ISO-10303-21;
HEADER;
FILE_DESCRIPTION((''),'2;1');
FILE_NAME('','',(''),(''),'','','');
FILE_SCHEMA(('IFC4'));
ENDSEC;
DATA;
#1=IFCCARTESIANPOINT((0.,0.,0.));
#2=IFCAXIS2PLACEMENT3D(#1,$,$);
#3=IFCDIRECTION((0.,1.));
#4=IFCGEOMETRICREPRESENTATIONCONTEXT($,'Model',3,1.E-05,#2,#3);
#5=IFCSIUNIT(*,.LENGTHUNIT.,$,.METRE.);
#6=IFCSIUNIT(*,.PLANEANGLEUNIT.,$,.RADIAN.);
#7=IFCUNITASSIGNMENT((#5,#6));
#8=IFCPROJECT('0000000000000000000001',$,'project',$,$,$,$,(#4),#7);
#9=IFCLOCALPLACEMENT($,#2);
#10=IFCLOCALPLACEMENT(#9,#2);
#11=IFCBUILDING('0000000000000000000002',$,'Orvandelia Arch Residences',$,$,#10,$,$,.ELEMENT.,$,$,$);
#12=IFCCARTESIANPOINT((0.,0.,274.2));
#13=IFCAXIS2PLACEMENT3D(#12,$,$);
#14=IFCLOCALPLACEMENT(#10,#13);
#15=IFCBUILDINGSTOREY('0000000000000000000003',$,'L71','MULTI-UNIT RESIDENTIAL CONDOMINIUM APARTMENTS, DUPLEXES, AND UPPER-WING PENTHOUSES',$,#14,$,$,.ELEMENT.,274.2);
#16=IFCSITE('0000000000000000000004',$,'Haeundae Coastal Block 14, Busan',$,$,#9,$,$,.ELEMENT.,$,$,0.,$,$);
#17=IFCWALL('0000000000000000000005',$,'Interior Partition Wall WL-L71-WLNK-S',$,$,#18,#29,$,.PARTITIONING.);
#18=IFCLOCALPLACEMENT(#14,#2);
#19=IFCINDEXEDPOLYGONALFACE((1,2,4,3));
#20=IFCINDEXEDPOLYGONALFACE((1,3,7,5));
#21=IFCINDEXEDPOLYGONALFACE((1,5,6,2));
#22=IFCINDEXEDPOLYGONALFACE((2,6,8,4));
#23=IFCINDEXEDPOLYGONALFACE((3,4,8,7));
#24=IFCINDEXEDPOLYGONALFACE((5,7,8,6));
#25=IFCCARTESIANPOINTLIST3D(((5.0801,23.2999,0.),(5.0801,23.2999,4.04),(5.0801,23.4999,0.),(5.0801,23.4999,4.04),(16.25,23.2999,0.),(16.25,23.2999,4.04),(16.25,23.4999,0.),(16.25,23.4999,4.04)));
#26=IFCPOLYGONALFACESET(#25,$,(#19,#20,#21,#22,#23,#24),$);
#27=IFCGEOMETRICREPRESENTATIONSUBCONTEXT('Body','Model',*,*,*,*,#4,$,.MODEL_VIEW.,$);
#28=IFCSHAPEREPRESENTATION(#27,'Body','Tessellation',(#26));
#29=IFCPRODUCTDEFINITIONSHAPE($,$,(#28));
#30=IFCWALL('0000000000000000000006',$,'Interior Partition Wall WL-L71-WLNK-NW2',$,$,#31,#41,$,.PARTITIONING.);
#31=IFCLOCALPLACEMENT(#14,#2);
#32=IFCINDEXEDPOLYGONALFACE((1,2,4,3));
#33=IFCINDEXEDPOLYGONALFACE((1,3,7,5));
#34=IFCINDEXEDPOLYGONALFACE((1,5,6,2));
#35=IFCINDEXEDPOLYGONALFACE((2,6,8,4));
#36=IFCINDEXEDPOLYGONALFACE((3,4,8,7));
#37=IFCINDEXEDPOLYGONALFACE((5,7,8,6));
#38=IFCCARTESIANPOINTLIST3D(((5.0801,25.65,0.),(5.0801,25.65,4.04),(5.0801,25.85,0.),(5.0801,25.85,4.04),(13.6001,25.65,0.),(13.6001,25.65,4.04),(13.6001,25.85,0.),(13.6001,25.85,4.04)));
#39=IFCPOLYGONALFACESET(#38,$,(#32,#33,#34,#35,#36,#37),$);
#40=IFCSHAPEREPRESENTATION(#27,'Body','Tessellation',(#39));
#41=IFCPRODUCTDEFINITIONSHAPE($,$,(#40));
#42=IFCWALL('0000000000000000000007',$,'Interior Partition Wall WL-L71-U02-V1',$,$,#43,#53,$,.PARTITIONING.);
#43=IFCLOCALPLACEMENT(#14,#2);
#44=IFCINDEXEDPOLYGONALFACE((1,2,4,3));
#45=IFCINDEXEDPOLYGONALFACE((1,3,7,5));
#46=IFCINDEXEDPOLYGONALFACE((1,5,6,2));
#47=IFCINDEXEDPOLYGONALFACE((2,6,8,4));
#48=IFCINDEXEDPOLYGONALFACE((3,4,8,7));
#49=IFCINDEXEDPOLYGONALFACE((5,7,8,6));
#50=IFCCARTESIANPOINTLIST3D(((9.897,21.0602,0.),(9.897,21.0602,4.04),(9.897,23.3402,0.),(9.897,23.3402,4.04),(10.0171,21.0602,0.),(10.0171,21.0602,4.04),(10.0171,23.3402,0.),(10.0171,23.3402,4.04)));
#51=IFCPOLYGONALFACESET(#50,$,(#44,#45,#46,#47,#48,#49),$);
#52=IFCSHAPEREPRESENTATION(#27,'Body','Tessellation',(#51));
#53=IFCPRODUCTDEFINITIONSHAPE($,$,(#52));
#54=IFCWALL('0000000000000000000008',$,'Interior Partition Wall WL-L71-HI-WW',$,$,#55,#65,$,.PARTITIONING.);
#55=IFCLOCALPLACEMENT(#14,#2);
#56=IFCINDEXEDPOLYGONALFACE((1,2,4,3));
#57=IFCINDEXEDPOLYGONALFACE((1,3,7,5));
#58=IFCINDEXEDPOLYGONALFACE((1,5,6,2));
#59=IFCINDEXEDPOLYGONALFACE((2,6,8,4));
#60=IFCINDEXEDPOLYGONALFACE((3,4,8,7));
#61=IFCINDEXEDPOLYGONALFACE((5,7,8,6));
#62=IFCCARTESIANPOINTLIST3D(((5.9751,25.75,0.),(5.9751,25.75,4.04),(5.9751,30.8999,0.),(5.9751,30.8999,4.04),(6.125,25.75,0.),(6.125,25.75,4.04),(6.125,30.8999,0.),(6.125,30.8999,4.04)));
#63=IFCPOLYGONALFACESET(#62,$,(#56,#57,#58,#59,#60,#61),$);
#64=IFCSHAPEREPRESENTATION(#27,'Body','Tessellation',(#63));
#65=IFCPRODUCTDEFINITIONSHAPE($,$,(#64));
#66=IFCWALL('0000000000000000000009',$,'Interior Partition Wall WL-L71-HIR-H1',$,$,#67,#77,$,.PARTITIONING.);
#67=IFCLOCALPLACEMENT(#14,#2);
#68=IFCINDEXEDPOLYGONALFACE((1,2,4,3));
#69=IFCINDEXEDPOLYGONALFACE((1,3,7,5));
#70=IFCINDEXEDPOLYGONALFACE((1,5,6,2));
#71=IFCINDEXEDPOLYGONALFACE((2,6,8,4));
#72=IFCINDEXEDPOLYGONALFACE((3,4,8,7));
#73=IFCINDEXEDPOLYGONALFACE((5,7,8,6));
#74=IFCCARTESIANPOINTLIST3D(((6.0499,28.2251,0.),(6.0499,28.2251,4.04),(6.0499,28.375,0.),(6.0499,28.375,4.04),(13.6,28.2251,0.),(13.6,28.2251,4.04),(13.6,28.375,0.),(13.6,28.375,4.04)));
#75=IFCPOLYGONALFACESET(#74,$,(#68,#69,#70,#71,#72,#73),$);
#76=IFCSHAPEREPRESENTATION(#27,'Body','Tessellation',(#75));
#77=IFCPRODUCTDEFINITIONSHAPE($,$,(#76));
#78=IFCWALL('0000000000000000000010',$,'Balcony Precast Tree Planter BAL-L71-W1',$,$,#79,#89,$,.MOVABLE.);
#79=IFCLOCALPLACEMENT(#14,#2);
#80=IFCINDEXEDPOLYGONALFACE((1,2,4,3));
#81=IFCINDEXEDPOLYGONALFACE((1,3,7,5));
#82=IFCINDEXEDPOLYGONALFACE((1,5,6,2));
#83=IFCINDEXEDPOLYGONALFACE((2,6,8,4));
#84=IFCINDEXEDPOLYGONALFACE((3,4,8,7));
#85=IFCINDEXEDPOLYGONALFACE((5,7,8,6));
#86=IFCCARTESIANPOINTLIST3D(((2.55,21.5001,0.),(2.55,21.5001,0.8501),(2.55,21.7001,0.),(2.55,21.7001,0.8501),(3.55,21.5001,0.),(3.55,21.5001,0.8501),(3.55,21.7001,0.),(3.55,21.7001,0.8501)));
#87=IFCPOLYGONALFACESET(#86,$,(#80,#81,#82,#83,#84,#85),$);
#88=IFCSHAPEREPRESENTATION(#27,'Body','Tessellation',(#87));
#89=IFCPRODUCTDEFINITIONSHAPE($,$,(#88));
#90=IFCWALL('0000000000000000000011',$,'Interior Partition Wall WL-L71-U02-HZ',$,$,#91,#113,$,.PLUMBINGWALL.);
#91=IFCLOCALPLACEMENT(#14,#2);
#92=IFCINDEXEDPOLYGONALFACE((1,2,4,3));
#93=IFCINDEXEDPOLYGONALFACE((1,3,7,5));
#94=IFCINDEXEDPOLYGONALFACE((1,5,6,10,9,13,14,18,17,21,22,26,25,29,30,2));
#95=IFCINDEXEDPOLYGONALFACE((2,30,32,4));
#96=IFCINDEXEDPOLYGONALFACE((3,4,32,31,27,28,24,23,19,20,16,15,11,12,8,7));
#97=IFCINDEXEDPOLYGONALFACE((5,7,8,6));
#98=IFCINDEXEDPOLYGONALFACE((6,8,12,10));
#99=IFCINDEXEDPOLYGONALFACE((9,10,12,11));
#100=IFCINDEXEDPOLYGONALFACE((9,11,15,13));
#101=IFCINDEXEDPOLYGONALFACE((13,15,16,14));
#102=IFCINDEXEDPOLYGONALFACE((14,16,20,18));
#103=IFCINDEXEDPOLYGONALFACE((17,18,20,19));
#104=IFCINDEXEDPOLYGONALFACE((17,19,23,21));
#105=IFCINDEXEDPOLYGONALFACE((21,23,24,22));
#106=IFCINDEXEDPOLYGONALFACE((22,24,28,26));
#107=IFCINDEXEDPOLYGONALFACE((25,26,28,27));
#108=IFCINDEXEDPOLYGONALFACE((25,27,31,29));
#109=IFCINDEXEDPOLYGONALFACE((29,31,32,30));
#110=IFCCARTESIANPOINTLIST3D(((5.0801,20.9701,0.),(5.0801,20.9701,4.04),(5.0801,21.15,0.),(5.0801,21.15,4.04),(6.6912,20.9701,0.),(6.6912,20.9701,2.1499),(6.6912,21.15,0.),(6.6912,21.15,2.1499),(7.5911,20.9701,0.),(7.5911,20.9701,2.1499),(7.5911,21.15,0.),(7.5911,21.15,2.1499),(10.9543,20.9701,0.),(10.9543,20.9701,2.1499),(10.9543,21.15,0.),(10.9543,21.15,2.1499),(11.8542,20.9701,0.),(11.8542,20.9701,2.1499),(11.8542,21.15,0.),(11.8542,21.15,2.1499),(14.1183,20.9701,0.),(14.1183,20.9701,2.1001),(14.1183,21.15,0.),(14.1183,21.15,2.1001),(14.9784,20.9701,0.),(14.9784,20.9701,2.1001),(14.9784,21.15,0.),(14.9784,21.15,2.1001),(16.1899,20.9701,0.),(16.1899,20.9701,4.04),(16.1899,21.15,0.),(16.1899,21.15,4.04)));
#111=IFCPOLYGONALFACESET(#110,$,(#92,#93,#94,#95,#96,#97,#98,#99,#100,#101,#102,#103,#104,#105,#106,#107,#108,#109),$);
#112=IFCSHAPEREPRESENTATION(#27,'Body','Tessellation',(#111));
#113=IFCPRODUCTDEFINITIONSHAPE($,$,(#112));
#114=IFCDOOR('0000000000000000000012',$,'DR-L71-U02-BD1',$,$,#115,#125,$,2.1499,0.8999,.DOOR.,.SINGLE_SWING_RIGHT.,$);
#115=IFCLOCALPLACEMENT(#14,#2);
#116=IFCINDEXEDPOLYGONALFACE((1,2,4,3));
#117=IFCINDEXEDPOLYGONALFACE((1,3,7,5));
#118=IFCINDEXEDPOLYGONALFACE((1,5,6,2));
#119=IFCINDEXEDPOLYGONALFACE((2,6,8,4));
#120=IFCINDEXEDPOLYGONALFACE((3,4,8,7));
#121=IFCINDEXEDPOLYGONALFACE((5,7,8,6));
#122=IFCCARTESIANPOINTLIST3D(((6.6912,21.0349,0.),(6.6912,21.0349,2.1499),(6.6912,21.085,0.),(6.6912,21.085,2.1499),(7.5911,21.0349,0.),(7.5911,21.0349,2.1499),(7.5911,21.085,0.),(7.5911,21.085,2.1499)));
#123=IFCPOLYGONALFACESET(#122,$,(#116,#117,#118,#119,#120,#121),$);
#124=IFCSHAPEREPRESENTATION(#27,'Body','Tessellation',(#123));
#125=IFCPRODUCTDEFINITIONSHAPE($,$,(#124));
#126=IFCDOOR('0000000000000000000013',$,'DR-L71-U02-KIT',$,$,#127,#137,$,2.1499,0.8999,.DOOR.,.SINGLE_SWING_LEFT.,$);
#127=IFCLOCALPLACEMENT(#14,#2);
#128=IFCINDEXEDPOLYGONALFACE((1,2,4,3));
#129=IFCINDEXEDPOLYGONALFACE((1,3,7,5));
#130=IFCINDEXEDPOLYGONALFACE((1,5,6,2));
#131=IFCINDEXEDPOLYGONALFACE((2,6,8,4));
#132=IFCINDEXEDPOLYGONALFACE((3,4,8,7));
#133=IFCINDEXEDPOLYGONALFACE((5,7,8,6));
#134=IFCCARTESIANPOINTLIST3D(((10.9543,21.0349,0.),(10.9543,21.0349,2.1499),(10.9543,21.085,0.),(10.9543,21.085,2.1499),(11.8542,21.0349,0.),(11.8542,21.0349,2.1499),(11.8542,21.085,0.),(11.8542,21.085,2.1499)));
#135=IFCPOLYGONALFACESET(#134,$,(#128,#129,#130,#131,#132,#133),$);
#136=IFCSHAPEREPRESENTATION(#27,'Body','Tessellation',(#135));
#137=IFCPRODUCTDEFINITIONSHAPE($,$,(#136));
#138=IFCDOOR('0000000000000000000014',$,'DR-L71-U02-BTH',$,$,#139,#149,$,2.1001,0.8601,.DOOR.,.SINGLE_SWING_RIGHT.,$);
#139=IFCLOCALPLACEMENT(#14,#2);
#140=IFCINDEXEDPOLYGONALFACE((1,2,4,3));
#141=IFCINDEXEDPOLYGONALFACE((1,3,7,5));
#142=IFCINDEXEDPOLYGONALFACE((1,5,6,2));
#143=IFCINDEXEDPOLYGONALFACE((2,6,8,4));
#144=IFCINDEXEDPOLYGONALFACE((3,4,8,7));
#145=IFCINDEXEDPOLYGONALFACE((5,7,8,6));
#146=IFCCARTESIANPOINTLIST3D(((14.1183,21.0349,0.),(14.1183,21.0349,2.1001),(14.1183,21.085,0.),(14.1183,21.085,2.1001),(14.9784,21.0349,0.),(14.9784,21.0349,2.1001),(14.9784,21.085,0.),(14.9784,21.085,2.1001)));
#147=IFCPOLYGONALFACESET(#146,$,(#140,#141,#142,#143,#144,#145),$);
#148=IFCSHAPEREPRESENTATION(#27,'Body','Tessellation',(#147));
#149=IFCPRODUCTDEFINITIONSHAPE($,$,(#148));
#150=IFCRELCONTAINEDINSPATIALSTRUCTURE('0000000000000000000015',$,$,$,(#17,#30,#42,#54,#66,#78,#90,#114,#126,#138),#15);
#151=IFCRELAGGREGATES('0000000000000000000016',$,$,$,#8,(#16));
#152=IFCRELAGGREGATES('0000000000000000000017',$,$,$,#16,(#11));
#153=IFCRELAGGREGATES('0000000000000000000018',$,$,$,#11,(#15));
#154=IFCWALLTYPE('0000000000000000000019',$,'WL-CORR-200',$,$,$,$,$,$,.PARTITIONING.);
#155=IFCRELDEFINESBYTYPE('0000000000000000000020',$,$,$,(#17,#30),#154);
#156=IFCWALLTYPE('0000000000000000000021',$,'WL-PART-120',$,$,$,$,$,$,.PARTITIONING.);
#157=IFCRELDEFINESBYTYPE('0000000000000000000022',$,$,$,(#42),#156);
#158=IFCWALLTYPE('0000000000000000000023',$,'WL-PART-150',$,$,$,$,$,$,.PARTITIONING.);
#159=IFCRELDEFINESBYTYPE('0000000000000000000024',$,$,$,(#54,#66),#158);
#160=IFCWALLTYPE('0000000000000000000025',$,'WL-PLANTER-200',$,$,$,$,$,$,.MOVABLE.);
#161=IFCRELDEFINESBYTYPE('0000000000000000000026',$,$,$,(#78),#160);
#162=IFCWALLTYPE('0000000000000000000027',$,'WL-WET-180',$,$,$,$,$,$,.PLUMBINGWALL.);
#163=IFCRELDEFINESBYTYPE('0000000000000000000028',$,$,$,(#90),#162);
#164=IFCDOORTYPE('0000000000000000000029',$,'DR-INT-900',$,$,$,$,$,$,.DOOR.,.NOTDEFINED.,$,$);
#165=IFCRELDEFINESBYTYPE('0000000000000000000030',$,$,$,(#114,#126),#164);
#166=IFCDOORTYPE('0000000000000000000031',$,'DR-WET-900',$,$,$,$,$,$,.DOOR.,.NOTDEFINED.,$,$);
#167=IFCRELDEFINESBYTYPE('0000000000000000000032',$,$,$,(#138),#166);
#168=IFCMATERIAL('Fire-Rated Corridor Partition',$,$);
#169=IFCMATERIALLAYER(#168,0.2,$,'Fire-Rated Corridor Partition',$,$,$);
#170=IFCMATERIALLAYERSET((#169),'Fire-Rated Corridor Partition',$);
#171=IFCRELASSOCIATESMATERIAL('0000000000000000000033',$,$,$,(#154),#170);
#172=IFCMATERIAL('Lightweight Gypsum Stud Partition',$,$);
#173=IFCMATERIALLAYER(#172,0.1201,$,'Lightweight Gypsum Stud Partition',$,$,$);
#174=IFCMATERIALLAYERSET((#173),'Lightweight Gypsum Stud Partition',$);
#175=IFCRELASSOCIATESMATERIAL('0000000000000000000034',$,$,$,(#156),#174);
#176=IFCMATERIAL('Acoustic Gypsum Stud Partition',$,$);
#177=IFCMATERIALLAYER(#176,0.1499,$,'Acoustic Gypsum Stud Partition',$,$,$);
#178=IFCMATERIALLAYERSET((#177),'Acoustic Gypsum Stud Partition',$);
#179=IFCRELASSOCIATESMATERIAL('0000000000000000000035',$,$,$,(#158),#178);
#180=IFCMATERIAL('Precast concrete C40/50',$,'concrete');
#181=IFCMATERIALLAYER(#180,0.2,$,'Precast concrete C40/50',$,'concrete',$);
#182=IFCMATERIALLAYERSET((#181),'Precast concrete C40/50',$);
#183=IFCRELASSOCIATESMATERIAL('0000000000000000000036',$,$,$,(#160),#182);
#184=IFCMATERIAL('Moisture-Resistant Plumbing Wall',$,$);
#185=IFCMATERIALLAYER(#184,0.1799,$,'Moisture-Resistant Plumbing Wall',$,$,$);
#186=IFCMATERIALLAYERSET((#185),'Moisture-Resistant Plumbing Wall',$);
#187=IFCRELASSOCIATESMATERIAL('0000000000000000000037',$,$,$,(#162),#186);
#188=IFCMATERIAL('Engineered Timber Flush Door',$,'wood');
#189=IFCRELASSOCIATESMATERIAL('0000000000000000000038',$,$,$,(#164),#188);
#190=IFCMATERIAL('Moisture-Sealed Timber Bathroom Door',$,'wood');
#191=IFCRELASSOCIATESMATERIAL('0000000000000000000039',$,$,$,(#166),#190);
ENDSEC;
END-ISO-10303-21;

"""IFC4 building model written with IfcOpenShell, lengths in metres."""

from ifc_helpers import new_model, si_unit, direction, frame, frame_2d, origin, place, context, subcontext, project, spatial, rectangle, extrude, material, layer, layer_set, type_object, element, fill, save


model = new_model("IFC4")

# Units and contexts
model_context = context("Model", 3, precision=1e-05, world=origin(), true_north=direction((0.0, 1.0)))
body_context = subcontext(model_context, "Body", "Model", "MODEL_VIEW")
ifc_project = project(units=[si_unit("LENGTHUNIT", "METRE"), si_unit("PLANEANGLEUNIT", "RADIAN")], contexts=[model_context])

# Site, building, storey
site_placement = place(None, origin())
site = spatial("IfcSite", under=ifc_project, at=site_placement, Name="Haeundae Coastal Block 14, Busan", CompositionType="ELEMENT", RefElevation=0.0)
building_placement = place(site_placement, origin())
building = spatial("IfcBuilding", under=site, at=building_placement, Name="Orvandelia Arch Residences", CompositionType="ELEMENT")
storey_placement = place(building_placement, frame((0.0, 0.0, 274.2)))
storey = spatial("IfcBuildingStorey", under=building, at=storey_placement, Name="L71", Description="MULTI-UNIT RESIDENTIAL CONDOMINIUM APARTMENTS, DUPLEXES, AND UPPER-WING PENTHOUSES", CompositionType="ELEMENT", Elevation=274.2)

# Walls
ifc_material_1 = material(Name="Fire-Rated Corridor Partition")
ifc_layer_1 = layer(ifc_material_1, 0.2, Name="Fire-Rated Corridor Partition")
ifc_layer_set_1 = layer_set([ifc_layer_1], Name="Fire-Rated Corridor Partition")
wall_type_1 = type_object("IfcWallType", Name="WL-CORR-200", PredefinedType="PARTITIONING", material=ifc_layer_set_1)
wall_1_placement = place(storey_placement, frame((5.0801, 23.3999, 0.0), z_axis=(0.0, 0.0, 1.0), x_axis=(1.0, 0.0, 0.0)))
element("IfcWall", 1, at=wall_1_placement, inside=storey, type_object=wall_type_1, Name="Interior Partition Wall WL-L71-WLNK-S", PredefinedType="PARTITIONING", context=body_context, shape_type="SweptSolid", body=[
    extrude(rectangle(XDim=11.1699, YDim=0.2, at=frame_2d((5.585, 0.0))), origin(), (0.0, 0.0, 1.0), 4.04),
])
wall_2_placement = place(storey_placement, frame((5.0801, 25.75, 0.0), z_axis=(0.0, 0.0, 1.0), x_axis=(1.0, 0.0, 0.0)))
element("IfcWall", 2, at=wall_2_placement, inside=storey, type_object=wall_type_1, Name="Interior Partition Wall WL-L71-WLNK-NW2", PredefinedType="PARTITIONING", context=body_context, shape_type="SweptSolid", body=[
    extrude(rectangle(XDim=8.52, YDim=0.2, at=frame_2d((4.26, 0.0))), origin(), (0.0, 0.0, 1.0), 4.04),
])
ifc_material_2 = material(Name="Lightweight Gypsum Stud Partition")
ifc_layer_2 = layer(ifc_material_2, 0.1201, Name="Lightweight Gypsum Stud Partition")
ifc_layer_set_2 = layer_set([ifc_layer_2], Name="Lightweight Gypsum Stud Partition")
wall_type_2 = type_object("IfcWallType", Name="WL-PART-120", PredefinedType="PARTITIONING", material=ifc_layer_set_2)
wall_3_placement = place(storey_placement, frame((9.957, 21.0601, 0.0), z_axis=(0.0, 0.0, 1.0), x_axis=(0.0, 1.0, 0.0)))
element("IfcWall", 3, at=wall_3_placement, inside=storey, type_object=wall_type_2, Name="Interior Partition Wall WL-L71-U02-V1", PredefinedType="PARTITIONING", context=body_context, shape_type="SweptSolid", body=[
    extrude(rectangle(XDim=2.28, YDim=0.1201, at=frame_2d((1.1401, 0.0))), origin(), (0.0, 0.0, 1.0), 4.04),
])
ifc_material_3 = material(Name="Acoustic Gypsum Stud Partition")
ifc_layer_3 = layer(ifc_material_3, 0.1499, Name="Acoustic Gypsum Stud Partition")
ifc_layer_set_3 = layer_set([ifc_layer_3], Name="Acoustic Gypsum Stud Partition")
wall_type_3 = type_object("IfcWallType", Name="WL-PART-150", PredefinedType="PARTITIONING", material=ifc_layer_set_3)
wall_4_placement = place(storey_placement, frame((6.05, 25.75, 0.0), z_axis=(0.0, 0.0, 1.0), x_axis=(0.0, 1.0, 0.0)))
element("IfcWall", 4, at=wall_4_placement, inside=storey, type_object=wall_type_3, Name="Interior Partition Wall WL-L71-HI-WW", PredefinedType="PARTITIONING", context=body_context, shape_type="SweptSolid", body=[
    extrude(rectangle(XDim=5.1499, YDim=0.1499, at=frame_2d((2.575, 0.0))), origin(), (0.0, 0.0, 1.0), 4.04),
])
wall_5_placement = place(storey_placement, frame((6.05, 28.3, 0.0), z_axis=(0.0, 0.0, 1.0), x_axis=(1.0, 0.0, 0.0)))
element("IfcWall", 5, at=wall_5_placement, inside=storey, type_object=wall_type_3, Name="Interior Partition Wall WL-L71-HIR-H1", PredefinedType="PARTITIONING", context=body_context, shape_type="SweptSolid", body=[
    extrude(rectangle(XDim=7.55, YDim=0.1499, at=frame_2d((3.7749, 0.0))), origin(), (0.0, 0.0, 1.0), 4.04),
])
ifc_material_4 = material(Name="Precast concrete C40/50", Category="concrete")
ifc_layer_4 = layer(ifc_material_4, 0.2, Name="Precast concrete C40/50", Category="concrete")
ifc_layer_set_4 = layer_set([ifc_layer_4], Name="Precast concrete C40/50")
wall_type_4 = type_object("IfcWallType", Name="WL-PLANTER-200", PredefinedType="MOVABLE", material=ifc_layer_set_4)
wall_6_placement = place(storey_placement, frame((2.55, 21.6001, 0.0), z_axis=(0.0, 0.0, 1.0), x_axis=(1.0, 0.0, 0.0)))
element("IfcWall", 6, at=wall_6_placement, inside=storey, type_object=wall_type_4, Name="Balcony Precast Tree Planter BAL-L71-W1", PredefinedType="MOVABLE", context=body_context, shape_type="SweptSolid", body=[
    extrude(rectangle(XDim=1.0, YDim=0.2, at=frame_2d((0.5, 0.0))), origin(), (0.0, 0.0, 1.0), 0.8501),
])

# Wall, openings, doors
ifc_material_5 = material(Name="Moisture-Resistant Plumbing Wall")
ifc_layer_5 = layer(ifc_material_5, 0.1799, Name="Moisture-Resistant Plumbing Wall")
ifc_layer_set_5 = layer_set([ifc_layer_5], Name="Moisture-Resistant Plumbing Wall")
wall_type_5 = type_object("IfcWallType", Name="WL-WET-180", PredefinedType="PLUMBINGWALL", material=ifc_layer_set_5)
wall_7_placement = place(storey_placement, frame((5.0801, 21.0601, 0.0), z_axis=(0.0, 0.0, 1.0), x_axis=(1.0, 0.0, 0.0)))
wall_7 = element("IfcWall", 7, at=wall_7_placement, inside=storey, type_object=wall_type_5, Name="Interior Partition Wall WL-L71-U02-HZ", PredefinedType="PLUMBINGWALL", context=body_context, shape_type="SweptSolid", body=[
    extrude(rectangle(XDim=11.1099, YDim=0.1799, at=frame_2d((5.5549, 0.0))), origin(), (0.0, 0.0, 1.0), 4.04),
])
opening_1_placement = place(wall_7_placement, frame((1.6111, 0.0, 0.0)))
opening_1 = element("IfcOpeningElement", 8, at=opening_1_placement, cuts=wall_7, PredefinedType="OPENING", context=body_context, shape_type="SweptSolid", body=[
    extrude(rectangle(XDim=0.8999, YDim=2.1499, at=frame_2d((0.45, 1.075))), frame((0.0, 0.1001, 0.0), z_axis=(0.0, -1.0, 0.0), x_axis=(1.0, 0.0, 0.0)), (0.0, 0.0, 1.0), 0.2),
])
opening_2_placement = place(wall_7_placement, frame((5.8743, 0.0, 0.0)))
opening_2 = element("IfcOpeningElement", 9, at=opening_2_placement, cuts=wall_7, PredefinedType="OPENING", context=body_context, shape_type="SweptSolid", body=[
    extrude(rectangle(XDim=0.8999, YDim=2.1499, at=frame_2d((0.45, 1.075))), frame((0.0, 0.1001, 0.0), z_axis=(0.0, -1.0, 0.0), x_axis=(1.0, 0.0, 0.0)), (0.0, 0.0, 1.0), 0.2),
])
opening_3_placement = place(wall_7_placement, frame((9.0381, 0.0, 0.0)))
opening_3 = element("IfcOpeningElement", 10, at=opening_3_placement, cuts=wall_7, PredefinedType="OPENING", context=body_context, shape_type="SweptSolid", body=[
    extrude(rectangle(XDim=0.8601, YDim=2.1001, at=frame_2d((0.4302, 1.05))), frame((0.0, 0.1001, 0.0), z_axis=(0.0, -1.0, 0.0), x_axis=(1.0, 0.0, 0.0)), (0.0, 0.0, 1.0), 0.2),
])
ifc_material_6 = material(Name="Engineered Timber Flush Door", Category="wood")
door_type_1 = type_object("IfcDoorType", Name="DR-INT-900", OperationType="NOTDEFINED", PredefinedType="DOOR", material=ifc_material_6)
door_1_placement = place(opening_1_placement, origin())
door_1 = element("IfcDoor", 11, at=door_1_placement, inside=storey, type_object=door_type_1, Name="DR-L71-U02-BD1", OperationType="SINGLE_SWING_RIGHT", OverallHeight=2.1499, OverallWidth=0.8999, PredefinedType="DOOR", context=body_context, shape_type="SweptSolid", body=[
    extrude(rectangle(XDim=0.8999, YDim=2.1499, at=frame_2d((0.45, 1.075))), frame((0.0, 0.0249, 0.0), z_axis=(0.0, -1.0, 0.0), x_axis=(1.0, 0.0, 0.0)), (0.0, 0.0, 1.0), 0.05),
])
fill(opening_1, door_1)
door_2_placement = place(opening_2_placement, origin())
door_2 = element("IfcDoor", 12, at=door_2_placement, inside=storey, type_object=door_type_1, Name="DR-L71-U02-KIT", OperationType="SINGLE_SWING_LEFT", OverallHeight=2.1499, OverallWidth=0.8999, PredefinedType="DOOR", context=body_context, shape_type="SweptSolid", body=[
    extrude(rectangle(XDim=0.8999, YDim=2.1499, at=frame_2d((0.45, 1.075))), frame((0.0, 0.0249, 0.0), z_axis=(0.0, -1.0, 0.0), x_axis=(1.0, 0.0, 0.0)), (0.0, 0.0, 1.0), 0.05),
])
fill(opening_2, door_2)
ifc_material_7 = material(Name="Moisture-Sealed Timber Bathroom Door", Category="wood")
door_type_2 = type_object("IfcDoorType", Name="DR-WET-900", OperationType="NOTDEFINED", PredefinedType="DOOR", material=ifc_material_7)
door_3_placement = place(opening_3_placement, origin())
door_3 = element("IfcDoor", 13, at=door_3_placement, inside=storey, type_object=door_type_2, Name="DR-L71-U02-BTH", OperationType="SINGLE_SWING_RIGHT", OverallHeight=2.1001, OverallWidth=0.8601, PredefinedType="DOOR", context=body_context, shape_type="SweptSolid", body=[
    extrude(rectangle(XDim=0.8601, YDim=2.1001, at=frame_2d((0.4302, 1.05))), frame((0.0, 0.0249, 0.0), z_axis=(0.0, -1.0, 0.0), x_axis=(1.0, 0.0, 0.0)), (0.0, 0.0, 1.0), 0.05),
])
fill(opening_3, door_3)

save(model, "model.ifc")
